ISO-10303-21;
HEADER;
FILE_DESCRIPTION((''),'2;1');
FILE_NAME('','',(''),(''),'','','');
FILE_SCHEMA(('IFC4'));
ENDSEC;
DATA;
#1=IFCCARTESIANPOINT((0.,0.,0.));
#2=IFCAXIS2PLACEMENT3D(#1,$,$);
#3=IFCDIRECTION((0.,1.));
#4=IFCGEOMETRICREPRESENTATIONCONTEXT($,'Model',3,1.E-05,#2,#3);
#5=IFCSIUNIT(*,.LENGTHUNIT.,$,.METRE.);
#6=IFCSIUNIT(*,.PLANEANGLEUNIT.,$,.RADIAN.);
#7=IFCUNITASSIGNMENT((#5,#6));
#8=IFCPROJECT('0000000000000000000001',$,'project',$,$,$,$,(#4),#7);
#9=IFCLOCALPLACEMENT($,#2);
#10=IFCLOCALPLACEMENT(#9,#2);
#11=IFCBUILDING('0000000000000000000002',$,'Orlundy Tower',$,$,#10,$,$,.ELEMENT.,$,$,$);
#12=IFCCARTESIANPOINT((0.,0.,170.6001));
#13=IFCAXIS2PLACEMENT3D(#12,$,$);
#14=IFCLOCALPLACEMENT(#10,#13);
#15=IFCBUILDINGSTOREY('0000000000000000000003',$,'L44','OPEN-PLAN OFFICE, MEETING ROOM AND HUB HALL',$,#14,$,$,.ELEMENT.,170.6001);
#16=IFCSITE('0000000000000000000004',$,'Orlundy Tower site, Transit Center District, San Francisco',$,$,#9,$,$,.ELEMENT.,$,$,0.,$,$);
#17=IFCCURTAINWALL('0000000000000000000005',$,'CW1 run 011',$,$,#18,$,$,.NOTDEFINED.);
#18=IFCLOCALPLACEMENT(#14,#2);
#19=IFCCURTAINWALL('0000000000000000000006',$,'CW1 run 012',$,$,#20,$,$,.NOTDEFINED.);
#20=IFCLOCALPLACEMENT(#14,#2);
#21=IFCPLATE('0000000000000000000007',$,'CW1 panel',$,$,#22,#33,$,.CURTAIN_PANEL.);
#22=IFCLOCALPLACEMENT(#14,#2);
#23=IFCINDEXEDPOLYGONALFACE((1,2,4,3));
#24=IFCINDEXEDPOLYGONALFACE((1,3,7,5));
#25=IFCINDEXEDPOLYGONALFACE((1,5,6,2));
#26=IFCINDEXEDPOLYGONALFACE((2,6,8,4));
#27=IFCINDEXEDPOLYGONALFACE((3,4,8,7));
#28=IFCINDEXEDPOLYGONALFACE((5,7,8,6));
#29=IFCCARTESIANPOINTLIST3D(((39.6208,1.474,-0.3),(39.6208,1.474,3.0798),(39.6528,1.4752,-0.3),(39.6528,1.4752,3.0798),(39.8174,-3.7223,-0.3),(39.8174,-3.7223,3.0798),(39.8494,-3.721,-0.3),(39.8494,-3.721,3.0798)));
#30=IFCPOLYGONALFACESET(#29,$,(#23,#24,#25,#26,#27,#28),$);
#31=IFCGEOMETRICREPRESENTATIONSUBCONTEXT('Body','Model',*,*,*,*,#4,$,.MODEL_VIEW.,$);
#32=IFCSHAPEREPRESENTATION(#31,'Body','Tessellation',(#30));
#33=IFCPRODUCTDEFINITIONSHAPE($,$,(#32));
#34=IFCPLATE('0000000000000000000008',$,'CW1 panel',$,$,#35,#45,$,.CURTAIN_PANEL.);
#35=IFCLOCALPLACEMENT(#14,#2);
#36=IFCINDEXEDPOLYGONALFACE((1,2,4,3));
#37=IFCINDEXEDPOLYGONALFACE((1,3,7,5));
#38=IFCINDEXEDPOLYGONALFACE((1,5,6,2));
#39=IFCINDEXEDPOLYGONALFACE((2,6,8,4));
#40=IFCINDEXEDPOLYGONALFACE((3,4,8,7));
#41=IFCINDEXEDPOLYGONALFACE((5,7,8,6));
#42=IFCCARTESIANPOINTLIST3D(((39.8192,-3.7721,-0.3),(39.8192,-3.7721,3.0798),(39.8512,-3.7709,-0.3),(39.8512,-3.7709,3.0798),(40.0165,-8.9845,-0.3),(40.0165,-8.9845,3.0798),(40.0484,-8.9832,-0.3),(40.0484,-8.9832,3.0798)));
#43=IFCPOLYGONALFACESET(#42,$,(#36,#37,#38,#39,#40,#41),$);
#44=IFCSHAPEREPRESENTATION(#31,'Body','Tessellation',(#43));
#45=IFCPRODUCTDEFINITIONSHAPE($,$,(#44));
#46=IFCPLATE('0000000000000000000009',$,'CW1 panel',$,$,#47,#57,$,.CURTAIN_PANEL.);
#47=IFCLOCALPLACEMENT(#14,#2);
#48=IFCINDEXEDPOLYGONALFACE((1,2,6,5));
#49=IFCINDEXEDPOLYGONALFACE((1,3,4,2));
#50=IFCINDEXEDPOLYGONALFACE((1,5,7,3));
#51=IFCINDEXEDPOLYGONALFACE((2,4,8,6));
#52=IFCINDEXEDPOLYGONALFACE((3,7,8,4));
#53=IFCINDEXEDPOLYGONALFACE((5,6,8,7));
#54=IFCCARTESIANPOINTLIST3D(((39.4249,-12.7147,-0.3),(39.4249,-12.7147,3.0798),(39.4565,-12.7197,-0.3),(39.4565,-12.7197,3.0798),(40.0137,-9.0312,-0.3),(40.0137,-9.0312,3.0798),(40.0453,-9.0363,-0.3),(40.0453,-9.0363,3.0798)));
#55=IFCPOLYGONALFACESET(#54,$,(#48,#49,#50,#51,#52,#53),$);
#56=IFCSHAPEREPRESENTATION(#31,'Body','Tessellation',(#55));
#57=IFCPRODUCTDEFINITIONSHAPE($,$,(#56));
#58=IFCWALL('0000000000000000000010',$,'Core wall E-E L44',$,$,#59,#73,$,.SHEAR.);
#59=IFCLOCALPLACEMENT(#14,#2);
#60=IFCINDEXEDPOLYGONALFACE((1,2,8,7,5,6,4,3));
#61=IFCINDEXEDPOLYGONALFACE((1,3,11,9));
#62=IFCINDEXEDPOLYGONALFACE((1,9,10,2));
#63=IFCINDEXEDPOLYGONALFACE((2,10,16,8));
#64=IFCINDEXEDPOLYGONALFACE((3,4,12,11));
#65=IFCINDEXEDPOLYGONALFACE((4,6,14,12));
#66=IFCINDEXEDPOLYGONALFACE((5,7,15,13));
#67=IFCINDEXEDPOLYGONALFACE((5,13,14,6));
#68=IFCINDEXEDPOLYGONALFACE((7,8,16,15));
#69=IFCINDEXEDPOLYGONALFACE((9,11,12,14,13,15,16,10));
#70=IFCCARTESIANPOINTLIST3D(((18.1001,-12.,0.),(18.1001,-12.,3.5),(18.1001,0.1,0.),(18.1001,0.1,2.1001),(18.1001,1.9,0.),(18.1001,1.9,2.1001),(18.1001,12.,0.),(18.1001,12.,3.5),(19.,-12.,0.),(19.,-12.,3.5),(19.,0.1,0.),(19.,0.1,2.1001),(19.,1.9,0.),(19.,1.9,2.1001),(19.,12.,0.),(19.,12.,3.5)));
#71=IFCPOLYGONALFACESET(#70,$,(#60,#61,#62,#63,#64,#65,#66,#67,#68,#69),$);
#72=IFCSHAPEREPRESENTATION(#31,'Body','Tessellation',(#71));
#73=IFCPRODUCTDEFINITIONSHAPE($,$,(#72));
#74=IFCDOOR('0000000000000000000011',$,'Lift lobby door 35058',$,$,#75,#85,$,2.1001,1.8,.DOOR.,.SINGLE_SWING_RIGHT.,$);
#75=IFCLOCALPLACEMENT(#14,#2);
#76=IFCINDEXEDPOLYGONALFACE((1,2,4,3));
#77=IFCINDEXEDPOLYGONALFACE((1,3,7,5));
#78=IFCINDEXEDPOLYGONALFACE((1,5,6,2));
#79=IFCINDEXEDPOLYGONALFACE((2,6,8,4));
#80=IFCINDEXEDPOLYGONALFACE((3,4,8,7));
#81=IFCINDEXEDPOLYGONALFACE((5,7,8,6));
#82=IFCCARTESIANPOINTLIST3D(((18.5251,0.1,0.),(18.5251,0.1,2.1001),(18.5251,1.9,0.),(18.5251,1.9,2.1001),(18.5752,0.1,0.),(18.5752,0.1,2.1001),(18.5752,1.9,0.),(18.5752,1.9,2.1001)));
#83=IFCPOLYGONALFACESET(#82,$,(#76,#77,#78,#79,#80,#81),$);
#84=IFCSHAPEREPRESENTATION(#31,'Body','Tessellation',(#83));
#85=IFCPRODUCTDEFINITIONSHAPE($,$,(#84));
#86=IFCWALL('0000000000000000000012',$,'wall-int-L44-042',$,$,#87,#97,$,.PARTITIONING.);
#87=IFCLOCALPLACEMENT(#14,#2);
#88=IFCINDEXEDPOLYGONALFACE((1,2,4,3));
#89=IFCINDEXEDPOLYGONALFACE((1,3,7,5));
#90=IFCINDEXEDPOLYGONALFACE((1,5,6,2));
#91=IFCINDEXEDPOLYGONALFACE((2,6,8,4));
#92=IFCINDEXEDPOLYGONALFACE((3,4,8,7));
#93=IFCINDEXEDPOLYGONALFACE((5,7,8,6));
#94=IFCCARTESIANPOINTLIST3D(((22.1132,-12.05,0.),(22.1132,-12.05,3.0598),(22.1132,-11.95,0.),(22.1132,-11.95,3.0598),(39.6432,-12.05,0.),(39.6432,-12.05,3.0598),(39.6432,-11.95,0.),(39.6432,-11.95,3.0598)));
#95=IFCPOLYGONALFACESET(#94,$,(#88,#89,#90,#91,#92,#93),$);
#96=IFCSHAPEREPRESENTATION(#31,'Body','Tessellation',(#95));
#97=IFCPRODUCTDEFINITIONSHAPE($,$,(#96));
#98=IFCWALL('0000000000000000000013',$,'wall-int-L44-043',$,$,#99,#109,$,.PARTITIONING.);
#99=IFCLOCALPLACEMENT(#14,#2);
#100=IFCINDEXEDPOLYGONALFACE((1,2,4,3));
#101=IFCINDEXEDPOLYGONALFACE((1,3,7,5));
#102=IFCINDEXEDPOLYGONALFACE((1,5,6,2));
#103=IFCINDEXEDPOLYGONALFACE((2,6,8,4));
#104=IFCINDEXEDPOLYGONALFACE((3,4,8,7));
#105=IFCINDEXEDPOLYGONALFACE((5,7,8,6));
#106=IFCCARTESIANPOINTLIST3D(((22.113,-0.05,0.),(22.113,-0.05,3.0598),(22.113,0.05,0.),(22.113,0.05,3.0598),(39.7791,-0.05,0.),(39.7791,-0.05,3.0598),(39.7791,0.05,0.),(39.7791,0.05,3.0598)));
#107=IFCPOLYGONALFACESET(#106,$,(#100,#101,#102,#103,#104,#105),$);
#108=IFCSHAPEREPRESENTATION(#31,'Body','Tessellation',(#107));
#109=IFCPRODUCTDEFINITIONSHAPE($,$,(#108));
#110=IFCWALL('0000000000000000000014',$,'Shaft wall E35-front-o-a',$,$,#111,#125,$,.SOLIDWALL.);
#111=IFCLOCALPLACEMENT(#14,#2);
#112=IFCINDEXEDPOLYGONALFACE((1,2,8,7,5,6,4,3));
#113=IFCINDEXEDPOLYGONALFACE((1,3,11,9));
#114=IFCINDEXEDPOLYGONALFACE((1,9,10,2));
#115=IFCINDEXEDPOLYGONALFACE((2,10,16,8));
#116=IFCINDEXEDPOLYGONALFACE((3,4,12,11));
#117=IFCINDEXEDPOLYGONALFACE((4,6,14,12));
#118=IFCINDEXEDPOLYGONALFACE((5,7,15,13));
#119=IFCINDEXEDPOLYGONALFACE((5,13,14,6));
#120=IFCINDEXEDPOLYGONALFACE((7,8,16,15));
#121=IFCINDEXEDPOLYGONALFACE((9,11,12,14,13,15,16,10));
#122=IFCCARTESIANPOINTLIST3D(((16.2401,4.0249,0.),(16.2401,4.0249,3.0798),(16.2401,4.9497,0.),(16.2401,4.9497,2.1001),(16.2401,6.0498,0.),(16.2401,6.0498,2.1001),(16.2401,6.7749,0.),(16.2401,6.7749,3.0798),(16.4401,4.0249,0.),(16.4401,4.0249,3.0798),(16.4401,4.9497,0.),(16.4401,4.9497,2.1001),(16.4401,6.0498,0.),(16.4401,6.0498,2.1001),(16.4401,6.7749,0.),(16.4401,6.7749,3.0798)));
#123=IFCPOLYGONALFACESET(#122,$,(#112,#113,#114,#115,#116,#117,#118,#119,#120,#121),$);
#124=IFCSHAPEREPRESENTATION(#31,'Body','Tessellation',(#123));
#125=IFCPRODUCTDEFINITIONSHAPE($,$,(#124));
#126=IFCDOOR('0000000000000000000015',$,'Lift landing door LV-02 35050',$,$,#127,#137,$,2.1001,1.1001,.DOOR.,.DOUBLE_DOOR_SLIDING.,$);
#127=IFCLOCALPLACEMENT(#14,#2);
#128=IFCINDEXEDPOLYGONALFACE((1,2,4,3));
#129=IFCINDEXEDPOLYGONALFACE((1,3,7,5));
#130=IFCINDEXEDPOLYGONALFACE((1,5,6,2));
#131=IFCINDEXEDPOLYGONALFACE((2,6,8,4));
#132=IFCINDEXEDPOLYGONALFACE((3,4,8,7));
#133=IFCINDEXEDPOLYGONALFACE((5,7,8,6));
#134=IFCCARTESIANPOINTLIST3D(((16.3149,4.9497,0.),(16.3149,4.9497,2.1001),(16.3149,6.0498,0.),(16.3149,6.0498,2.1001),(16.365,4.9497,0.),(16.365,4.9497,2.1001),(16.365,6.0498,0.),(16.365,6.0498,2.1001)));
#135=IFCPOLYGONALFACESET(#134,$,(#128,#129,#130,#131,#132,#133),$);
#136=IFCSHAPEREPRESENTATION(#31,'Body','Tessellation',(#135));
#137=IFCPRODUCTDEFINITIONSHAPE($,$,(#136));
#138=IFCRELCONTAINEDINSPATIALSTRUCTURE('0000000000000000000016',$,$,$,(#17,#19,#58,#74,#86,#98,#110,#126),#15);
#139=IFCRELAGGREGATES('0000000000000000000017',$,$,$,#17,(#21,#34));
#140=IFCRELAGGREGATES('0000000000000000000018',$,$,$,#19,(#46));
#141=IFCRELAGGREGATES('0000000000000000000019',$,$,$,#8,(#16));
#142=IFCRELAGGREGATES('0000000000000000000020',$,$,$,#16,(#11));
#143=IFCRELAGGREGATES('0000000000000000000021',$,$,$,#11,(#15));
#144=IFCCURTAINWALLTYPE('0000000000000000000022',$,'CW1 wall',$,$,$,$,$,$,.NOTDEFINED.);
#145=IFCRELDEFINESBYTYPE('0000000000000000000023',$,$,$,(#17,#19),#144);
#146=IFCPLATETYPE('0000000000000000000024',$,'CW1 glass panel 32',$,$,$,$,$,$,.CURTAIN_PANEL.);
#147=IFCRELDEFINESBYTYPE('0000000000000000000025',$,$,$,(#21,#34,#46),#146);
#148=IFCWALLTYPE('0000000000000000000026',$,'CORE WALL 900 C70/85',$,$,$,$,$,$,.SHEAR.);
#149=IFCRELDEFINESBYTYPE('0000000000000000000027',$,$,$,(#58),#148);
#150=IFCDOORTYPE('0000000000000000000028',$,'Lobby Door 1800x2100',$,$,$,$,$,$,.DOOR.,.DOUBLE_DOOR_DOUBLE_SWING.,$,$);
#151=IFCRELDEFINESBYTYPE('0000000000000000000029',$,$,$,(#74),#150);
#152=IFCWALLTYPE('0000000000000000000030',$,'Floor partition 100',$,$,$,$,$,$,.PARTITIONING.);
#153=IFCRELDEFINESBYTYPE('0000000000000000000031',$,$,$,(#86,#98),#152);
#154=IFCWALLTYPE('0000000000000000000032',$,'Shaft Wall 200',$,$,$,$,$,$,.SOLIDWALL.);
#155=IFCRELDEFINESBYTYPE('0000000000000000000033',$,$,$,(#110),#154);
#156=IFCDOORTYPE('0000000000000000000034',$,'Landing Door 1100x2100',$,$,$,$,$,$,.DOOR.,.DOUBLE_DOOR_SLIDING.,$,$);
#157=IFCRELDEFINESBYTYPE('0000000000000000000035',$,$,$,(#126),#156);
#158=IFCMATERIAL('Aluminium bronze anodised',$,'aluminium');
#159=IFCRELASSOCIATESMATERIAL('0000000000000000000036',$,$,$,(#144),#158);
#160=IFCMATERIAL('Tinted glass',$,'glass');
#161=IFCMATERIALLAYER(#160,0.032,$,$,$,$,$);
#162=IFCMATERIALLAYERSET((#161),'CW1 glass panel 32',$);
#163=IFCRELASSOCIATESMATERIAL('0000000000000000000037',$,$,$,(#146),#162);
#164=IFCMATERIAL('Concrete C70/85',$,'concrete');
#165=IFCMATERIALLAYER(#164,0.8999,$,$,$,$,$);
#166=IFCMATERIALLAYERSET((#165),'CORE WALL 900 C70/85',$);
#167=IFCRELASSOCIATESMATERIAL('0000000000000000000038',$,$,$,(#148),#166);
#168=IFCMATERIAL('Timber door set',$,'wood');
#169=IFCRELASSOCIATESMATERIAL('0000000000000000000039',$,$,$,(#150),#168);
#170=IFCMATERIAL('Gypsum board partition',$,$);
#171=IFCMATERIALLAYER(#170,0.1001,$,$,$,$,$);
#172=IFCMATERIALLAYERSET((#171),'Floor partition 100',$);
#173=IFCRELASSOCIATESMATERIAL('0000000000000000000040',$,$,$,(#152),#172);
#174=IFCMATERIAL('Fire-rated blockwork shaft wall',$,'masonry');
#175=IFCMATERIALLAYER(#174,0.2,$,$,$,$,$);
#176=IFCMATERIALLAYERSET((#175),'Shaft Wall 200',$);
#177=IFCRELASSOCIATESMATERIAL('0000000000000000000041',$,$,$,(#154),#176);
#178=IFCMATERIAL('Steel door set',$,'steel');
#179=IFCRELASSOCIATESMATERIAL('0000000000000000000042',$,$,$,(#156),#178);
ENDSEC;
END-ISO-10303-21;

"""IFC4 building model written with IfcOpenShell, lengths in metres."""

from ifc_helpers import new_model, si_unit, direction, frame, frame_2d, origin, origin_2d, place, context, subcontext, project, spatial, rectangle, extrude, material, layer, layer_set, type_object, element, fill, aggregate, save


model = new_model("IFC4")

# Units and contexts
model_context = context("Model", 3, precision=1e-05, world=origin(), true_north=direction((0.0, 1.0)))
body_context = subcontext(model_context, "Body", "Model", "MODEL_VIEW")
ifc_project = project(units=[si_unit("LENGTHUNIT", "METRE"), si_unit("PLANEANGLEUNIT", "RADIAN")], contexts=[model_context])

# Site, building, storey
site_placement = place(None, origin())
site = spatial("IfcSite", under=ifc_project, at=site_placement, Name="Orlundy Tower site, Transit Center District, San Francisco", CompositionType="ELEMENT", RefElevation=0.0)
building_placement = place(site_placement, origin())
building = spatial("IfcBuilding", under=site, at=building_placement, Name="Orlundy Tower", CompositionType="ELEMENT")
storey_placement = place(building_placement, frame((0.0, 0.0, 170.6001)))
storey = spatial("IfcBuildingStorey", under=building, at=storey_placement, Name="L44", Description="OPEN-PLAN OFFICE, MEETING ROOM AND HUB HALL", CompositionType="ELEMENT", Elevation=170.6001)

# Curtain wall
ifc_material_1 = material(Name="Aluminium bronze anodised", Category="aluminium")
curtain_wall_type = type_object("IfcCurtainWallType", Name="CW1 wall", PredefinedType="NOTDEFINED", material=ifc_material_1)
curtain_wall_1_placement = place(storey_placement, origin())
curtain_wall_1 = element("IfcCurtainWall", 1, at=curtain_wall_1_placement, inside=storey, type_object=curtain_wall_type, Name="CW1 run 011", PredefinedType="NOTDEFINED")

# Curtain wall
curtain_wall_2_placement = place(storey_placement, origin())
curtain_wall_2 = element("IfcCurtainWall", 2, at=curtain_wall_2_placement, inside=storey, type_object=curtain_wall_type, Name="CW1 run 012", PredefinedType="NOTDEFINED")

# Plates
ifc_material_2 = material(Name="Tinted glass", Category="glass")
ifc_layer_1 = layer(ifc_material_2, 0.032)
ifc_layer_set_1 = layer_set([ifc_layer_1], Name="CW1 glass panel 32")
plate_type = type_object("IfcPlateType", Name="CW1 glass panel 32", PredefinedType="CURTAIN_PANEL", material=ifc_layer_set_1)
plate_1_placement = place(storey_placement, frame((39.7351, -1.1235, -0.3), z_axis=(0.0, 0.0, 1.0), x_axis=(0.037809, -0.999285, 0.0)))
plate_1 = element("IfcPlate", 3, at=plate_1_placement, type_object=plate_type, Name="CW1 panel", PredefinedType="CURTAIN_PANEL", context=body_context, shape_type="SweptSolid", body=[
    extrude(rectangle(XDim=5.2, YDim=0.032, at=origin_2d()), origin(), (0.0, 0.0, 1.0), 3.3799),
])
plate_2_placement = place(storey_placement, frame((39.9338, -6.3777, -0.3), z_axis=(0.0, 0.0, 1.0), x_axis=(0.037809, -0.999285, 0.0)))
plate_2 = element("IfcPlate", 4, at=plate_2_placement, type_object=plate_type, Name="CW1 panel", PredefinedType="CURTAIN_PANEL", context=body_context, shape_type="SweptSolid", body=[
    extrude(rectangle(XDim=5.2161, YDim=0.032, at=origin_2d()), origin(), (0.0, 0.0, 1.0), 3.3799),
])
aggregate(curtain_wall_1, [plate_1, plate_2])
plate_3_placement = place(storey_placement, frame((39.7351, -10.8755, -0.3), z_axis=(0.0, 0.0, 1.0), x_axis=(-0.157833, -0.987466, 0.0)))
plate_3 = element("IfcPlate", 5, at=plate_3_placement, type_object=plate_type, Name="CW1 panel", PredefinedType="CURTAIN_PANEL", context=body_context, shape_type="SweptSolid", body=[
    extrude(rectangle(XDim=3.7302, YDim=0.032, at=origin_2d()), origin(), (0.0, 0.0, 1.0), 3.3799),
])
aggregate(curtain_wall_2, [plate_3])

# Wall, opening, door
ifc_material_3 = material(Name="Concrete C70/85", Category="concrete")
ifc_layer_2 = layer(ifc_material_3, 0.8999)
ifc_layer_set_2 = layer_set([ifc_layer_2], Name="CORE WALL 900 C70/85")
wall_type_1 = type_object("IfcWallType", Name="CORE WALL 900 C70/85", PredefinedType="SHEAR", material=ifc_layer_set_2)
wall_1_placement = place(storey_placement, frame((18.55, -12.0, 0.0), z_axis=(0.0, 0.0, 1.0), x_axis=(0.0, 1.0, 0.0)))
wall_1 = element("IfcWall", 6, at=wall_1_placement, inside=storey, type_object=wall_type_1, Name="Core wall E-E L44", PredefinedType="SHEAR", context=body_context, shape_type="SweptSolid", body=[
    extrude(rectangle(XDim=24.0, YDim=0.8999, at=frame_2d((12.0, 0.0))), origin(), (0.0, 0.0, 1.0), 3.5),
])
opening_1_placement = place(wall_1_placement, frame((12.1001, 0.0, 0.0)))
opening_1 = element("IfcOpeningElement", 7, at=opening_1_placement, cuts=wall_1, PredefinedType="OPENING", context=body_context, shape_type="SweptSolid", body=[
    extrude(rectangle(XDim=1.8, YDim=2.1001, at=frame_2d((0.8999, 1.05))), frame((0.0, 0.46, 0.0), z_axis=(0.0, -1.0, 0.0), x_axis=(1.0, 0.0, 0.0)), (0.0, 0.0, 1.0), 0.9199),
])
ifc_material_4 = material(Name="Timber door set", Category="wood")
door_type_1 = type_object("IfcDoorType", Name="Lobby Door 1800x2100", OperationType="DOUBLE_DOOR_DOUBLE_SWING", PredefinedType="DOOR", material=ifc_material_4)
door_1_placement = place(opening_1_placement, origin())
door_1 = element("IfcDoor", 8, at=door_1_placement, inside=storey, type_object=door_type_1, Name="Lift lobby door 35058", OperationType="SINGLE_SWING_RIGHT", OverallHeight=2.1001, OverallWidth=1.8, PredefinedType="DOOR", context=body_context, shape_type="SweptSolid", body=[
    extrude(rectangle(XDim=1.8, YDim=2.1001, at=frame_2d((0.8999, 1.05))), frame((0.0, 0.0249, 0.0), z_axis=(0.0, -1.0, 0.0), x_axis=(1.0, 0.0, 0.0)), (0.0, 0.0, 1.0), 0.05),
])
fill(opening_1, door_1)

# Walls
ifc_material_5 = material(Name="Gypsum board partition")
ifc_layer_3 = layer(ifc_material_5, 0.1001)
ifc_layer_set_3 = layer_set([ifc_layer_3], Name="Floor partition 100")
wall_type_2 = type_object("IfcWallType", Name="Floor partition 100", PredefinedType="PARTITIONING", material=ifc_layer_set_3)
wall_2_placement = place(storey_placement, frame((22.113, -12.0, 0.0), z_axis=(0.0, 0.0, 1.0), x_axis=(1.0, 0.0, 0.0)))
element("IfcWall", 9, at=wall_2_placement, inside=storey, type_object=wall_type_2, Name="wall-int-L44-042", PredefinedType="PARTITIONING", context=body_context, shape_type="SweptSolid", body=[
    extrude(rectangle(XDim=17.53, YDim=0.1001, at=frame_2d((8.7651, 0.0))), origin(), (0.0, 0.0, 1.0), 3.0598),
])
wall_3_placement = place(storey_placement, frame((22.113, 0.0, 0.0), z_axis=(0.0, 0.0, 1.0), x_axis=(1.0, 0.0, 0.0)))
element("IfcWall", 10, at=wall_3_placement, inside=storey, type_object=wall_type_2, Name="wall-int-L44-043", PredefinedType="PARTITIONING", context=body_context, shape_type="SweptSolid", body=[
    extrude(rectangle(XDim=17.666, YDim=0.1001, at=frame_2d((8.833, 0.0))), origin(), (0.0, 0.0, 1.0), 3.0598),
])

# Wall, opening, door
ifc_material_6 = material(Name="Fire-rated blockwork shaft wall", Category="masonry")
ifc_layer_4 = layer(ifc_material_6, 0.2)
ifc_layer_set_4 = layer_set([ifc_layer_4], Name="Shaft Wall 200")
wall_type_3 = type_object("IfcWallType", Name="Shaft Wall 200", PredefinedType="SOLIDWALL", material=ifc_layer_set_4)
wall_4_placement = place(storey_placement, frame((16.3401, 6.7749, 0.0), z_axis=(0.0, 0.0, 1.0), x_axis=(0.0, -1.0, 0.0)))
wall_4 = element("IfcWall", 11, at=wall_4_placement, inside=storey, type_object=wall_type_3, Name="Shaft wall E35-front-o-a", PredefinedType="SOLIDWALL", context=body_context, shape_type="SweptSolid", body=[
    extrude(rectangle(XDim=2.75, YDim=0.2, at=frame_2d((1.375, 0.0))), origin(), (0.0, 0.0, 1.0), 3.0798),
])
opening_2_placement = place(wall_4_placement, frame((0.7251, 0.0, 0.0)))
opening_2 = element("IfcOpeningElement", 12, at=opening_2_placement, cuts=wall_4, PredefinedType="OPENING", context=body_context, shape_type="SweptSolid", body=[
    extrude(rectangle(XDim=1.1001, YDim=2.1001, at=frame_2d((0.55, 1.05))), frame((0.0, 0.1101, 0.0), z_axis=(0.0, -1.0, 0.0), x_axis=(1.0, 0.0, 0.0)), (0.0, 0.0, 1.0), 0.2202),
])
ifc_material_7 = material(Name="Steel door set", Category="steel")
door_type_2 = type_object("IfcDoorType", Name="Landing Door 1100x2100", OperationType="DOUBLE_DOOR_SLIDING", PredefinedType="DOOR", material=ifc_material_7)
door_2_placement = place(opening_2_placement, origin())
door_2 = element("IfcDoor", 13, at=door_2_placement, inside=storey, type_object=door_type_2, Name="Lift landing door LV-02 35050", OperationType="DOUBLE_DOOR_SLIDING", OverallHeight=2.1001, OverallWidth=1.1001, PredefinedType="DOOR", context=body_context, shape_type="SweptSolid", body=[
    extrude(rectangle(XDim=1.1001, YDim=2.1001, at=frame_2d((0.55, 1.05))), frame((0.0, 0.0249, 0.0), z_axis=(0.0, -1.0, 0.0), x_axis=(1.0, 0.0, 0.0)), (0.0, 0.0, 1.0), 0.05),
])
fill(opening_2, door_2)

save(model, "model.ifc")
